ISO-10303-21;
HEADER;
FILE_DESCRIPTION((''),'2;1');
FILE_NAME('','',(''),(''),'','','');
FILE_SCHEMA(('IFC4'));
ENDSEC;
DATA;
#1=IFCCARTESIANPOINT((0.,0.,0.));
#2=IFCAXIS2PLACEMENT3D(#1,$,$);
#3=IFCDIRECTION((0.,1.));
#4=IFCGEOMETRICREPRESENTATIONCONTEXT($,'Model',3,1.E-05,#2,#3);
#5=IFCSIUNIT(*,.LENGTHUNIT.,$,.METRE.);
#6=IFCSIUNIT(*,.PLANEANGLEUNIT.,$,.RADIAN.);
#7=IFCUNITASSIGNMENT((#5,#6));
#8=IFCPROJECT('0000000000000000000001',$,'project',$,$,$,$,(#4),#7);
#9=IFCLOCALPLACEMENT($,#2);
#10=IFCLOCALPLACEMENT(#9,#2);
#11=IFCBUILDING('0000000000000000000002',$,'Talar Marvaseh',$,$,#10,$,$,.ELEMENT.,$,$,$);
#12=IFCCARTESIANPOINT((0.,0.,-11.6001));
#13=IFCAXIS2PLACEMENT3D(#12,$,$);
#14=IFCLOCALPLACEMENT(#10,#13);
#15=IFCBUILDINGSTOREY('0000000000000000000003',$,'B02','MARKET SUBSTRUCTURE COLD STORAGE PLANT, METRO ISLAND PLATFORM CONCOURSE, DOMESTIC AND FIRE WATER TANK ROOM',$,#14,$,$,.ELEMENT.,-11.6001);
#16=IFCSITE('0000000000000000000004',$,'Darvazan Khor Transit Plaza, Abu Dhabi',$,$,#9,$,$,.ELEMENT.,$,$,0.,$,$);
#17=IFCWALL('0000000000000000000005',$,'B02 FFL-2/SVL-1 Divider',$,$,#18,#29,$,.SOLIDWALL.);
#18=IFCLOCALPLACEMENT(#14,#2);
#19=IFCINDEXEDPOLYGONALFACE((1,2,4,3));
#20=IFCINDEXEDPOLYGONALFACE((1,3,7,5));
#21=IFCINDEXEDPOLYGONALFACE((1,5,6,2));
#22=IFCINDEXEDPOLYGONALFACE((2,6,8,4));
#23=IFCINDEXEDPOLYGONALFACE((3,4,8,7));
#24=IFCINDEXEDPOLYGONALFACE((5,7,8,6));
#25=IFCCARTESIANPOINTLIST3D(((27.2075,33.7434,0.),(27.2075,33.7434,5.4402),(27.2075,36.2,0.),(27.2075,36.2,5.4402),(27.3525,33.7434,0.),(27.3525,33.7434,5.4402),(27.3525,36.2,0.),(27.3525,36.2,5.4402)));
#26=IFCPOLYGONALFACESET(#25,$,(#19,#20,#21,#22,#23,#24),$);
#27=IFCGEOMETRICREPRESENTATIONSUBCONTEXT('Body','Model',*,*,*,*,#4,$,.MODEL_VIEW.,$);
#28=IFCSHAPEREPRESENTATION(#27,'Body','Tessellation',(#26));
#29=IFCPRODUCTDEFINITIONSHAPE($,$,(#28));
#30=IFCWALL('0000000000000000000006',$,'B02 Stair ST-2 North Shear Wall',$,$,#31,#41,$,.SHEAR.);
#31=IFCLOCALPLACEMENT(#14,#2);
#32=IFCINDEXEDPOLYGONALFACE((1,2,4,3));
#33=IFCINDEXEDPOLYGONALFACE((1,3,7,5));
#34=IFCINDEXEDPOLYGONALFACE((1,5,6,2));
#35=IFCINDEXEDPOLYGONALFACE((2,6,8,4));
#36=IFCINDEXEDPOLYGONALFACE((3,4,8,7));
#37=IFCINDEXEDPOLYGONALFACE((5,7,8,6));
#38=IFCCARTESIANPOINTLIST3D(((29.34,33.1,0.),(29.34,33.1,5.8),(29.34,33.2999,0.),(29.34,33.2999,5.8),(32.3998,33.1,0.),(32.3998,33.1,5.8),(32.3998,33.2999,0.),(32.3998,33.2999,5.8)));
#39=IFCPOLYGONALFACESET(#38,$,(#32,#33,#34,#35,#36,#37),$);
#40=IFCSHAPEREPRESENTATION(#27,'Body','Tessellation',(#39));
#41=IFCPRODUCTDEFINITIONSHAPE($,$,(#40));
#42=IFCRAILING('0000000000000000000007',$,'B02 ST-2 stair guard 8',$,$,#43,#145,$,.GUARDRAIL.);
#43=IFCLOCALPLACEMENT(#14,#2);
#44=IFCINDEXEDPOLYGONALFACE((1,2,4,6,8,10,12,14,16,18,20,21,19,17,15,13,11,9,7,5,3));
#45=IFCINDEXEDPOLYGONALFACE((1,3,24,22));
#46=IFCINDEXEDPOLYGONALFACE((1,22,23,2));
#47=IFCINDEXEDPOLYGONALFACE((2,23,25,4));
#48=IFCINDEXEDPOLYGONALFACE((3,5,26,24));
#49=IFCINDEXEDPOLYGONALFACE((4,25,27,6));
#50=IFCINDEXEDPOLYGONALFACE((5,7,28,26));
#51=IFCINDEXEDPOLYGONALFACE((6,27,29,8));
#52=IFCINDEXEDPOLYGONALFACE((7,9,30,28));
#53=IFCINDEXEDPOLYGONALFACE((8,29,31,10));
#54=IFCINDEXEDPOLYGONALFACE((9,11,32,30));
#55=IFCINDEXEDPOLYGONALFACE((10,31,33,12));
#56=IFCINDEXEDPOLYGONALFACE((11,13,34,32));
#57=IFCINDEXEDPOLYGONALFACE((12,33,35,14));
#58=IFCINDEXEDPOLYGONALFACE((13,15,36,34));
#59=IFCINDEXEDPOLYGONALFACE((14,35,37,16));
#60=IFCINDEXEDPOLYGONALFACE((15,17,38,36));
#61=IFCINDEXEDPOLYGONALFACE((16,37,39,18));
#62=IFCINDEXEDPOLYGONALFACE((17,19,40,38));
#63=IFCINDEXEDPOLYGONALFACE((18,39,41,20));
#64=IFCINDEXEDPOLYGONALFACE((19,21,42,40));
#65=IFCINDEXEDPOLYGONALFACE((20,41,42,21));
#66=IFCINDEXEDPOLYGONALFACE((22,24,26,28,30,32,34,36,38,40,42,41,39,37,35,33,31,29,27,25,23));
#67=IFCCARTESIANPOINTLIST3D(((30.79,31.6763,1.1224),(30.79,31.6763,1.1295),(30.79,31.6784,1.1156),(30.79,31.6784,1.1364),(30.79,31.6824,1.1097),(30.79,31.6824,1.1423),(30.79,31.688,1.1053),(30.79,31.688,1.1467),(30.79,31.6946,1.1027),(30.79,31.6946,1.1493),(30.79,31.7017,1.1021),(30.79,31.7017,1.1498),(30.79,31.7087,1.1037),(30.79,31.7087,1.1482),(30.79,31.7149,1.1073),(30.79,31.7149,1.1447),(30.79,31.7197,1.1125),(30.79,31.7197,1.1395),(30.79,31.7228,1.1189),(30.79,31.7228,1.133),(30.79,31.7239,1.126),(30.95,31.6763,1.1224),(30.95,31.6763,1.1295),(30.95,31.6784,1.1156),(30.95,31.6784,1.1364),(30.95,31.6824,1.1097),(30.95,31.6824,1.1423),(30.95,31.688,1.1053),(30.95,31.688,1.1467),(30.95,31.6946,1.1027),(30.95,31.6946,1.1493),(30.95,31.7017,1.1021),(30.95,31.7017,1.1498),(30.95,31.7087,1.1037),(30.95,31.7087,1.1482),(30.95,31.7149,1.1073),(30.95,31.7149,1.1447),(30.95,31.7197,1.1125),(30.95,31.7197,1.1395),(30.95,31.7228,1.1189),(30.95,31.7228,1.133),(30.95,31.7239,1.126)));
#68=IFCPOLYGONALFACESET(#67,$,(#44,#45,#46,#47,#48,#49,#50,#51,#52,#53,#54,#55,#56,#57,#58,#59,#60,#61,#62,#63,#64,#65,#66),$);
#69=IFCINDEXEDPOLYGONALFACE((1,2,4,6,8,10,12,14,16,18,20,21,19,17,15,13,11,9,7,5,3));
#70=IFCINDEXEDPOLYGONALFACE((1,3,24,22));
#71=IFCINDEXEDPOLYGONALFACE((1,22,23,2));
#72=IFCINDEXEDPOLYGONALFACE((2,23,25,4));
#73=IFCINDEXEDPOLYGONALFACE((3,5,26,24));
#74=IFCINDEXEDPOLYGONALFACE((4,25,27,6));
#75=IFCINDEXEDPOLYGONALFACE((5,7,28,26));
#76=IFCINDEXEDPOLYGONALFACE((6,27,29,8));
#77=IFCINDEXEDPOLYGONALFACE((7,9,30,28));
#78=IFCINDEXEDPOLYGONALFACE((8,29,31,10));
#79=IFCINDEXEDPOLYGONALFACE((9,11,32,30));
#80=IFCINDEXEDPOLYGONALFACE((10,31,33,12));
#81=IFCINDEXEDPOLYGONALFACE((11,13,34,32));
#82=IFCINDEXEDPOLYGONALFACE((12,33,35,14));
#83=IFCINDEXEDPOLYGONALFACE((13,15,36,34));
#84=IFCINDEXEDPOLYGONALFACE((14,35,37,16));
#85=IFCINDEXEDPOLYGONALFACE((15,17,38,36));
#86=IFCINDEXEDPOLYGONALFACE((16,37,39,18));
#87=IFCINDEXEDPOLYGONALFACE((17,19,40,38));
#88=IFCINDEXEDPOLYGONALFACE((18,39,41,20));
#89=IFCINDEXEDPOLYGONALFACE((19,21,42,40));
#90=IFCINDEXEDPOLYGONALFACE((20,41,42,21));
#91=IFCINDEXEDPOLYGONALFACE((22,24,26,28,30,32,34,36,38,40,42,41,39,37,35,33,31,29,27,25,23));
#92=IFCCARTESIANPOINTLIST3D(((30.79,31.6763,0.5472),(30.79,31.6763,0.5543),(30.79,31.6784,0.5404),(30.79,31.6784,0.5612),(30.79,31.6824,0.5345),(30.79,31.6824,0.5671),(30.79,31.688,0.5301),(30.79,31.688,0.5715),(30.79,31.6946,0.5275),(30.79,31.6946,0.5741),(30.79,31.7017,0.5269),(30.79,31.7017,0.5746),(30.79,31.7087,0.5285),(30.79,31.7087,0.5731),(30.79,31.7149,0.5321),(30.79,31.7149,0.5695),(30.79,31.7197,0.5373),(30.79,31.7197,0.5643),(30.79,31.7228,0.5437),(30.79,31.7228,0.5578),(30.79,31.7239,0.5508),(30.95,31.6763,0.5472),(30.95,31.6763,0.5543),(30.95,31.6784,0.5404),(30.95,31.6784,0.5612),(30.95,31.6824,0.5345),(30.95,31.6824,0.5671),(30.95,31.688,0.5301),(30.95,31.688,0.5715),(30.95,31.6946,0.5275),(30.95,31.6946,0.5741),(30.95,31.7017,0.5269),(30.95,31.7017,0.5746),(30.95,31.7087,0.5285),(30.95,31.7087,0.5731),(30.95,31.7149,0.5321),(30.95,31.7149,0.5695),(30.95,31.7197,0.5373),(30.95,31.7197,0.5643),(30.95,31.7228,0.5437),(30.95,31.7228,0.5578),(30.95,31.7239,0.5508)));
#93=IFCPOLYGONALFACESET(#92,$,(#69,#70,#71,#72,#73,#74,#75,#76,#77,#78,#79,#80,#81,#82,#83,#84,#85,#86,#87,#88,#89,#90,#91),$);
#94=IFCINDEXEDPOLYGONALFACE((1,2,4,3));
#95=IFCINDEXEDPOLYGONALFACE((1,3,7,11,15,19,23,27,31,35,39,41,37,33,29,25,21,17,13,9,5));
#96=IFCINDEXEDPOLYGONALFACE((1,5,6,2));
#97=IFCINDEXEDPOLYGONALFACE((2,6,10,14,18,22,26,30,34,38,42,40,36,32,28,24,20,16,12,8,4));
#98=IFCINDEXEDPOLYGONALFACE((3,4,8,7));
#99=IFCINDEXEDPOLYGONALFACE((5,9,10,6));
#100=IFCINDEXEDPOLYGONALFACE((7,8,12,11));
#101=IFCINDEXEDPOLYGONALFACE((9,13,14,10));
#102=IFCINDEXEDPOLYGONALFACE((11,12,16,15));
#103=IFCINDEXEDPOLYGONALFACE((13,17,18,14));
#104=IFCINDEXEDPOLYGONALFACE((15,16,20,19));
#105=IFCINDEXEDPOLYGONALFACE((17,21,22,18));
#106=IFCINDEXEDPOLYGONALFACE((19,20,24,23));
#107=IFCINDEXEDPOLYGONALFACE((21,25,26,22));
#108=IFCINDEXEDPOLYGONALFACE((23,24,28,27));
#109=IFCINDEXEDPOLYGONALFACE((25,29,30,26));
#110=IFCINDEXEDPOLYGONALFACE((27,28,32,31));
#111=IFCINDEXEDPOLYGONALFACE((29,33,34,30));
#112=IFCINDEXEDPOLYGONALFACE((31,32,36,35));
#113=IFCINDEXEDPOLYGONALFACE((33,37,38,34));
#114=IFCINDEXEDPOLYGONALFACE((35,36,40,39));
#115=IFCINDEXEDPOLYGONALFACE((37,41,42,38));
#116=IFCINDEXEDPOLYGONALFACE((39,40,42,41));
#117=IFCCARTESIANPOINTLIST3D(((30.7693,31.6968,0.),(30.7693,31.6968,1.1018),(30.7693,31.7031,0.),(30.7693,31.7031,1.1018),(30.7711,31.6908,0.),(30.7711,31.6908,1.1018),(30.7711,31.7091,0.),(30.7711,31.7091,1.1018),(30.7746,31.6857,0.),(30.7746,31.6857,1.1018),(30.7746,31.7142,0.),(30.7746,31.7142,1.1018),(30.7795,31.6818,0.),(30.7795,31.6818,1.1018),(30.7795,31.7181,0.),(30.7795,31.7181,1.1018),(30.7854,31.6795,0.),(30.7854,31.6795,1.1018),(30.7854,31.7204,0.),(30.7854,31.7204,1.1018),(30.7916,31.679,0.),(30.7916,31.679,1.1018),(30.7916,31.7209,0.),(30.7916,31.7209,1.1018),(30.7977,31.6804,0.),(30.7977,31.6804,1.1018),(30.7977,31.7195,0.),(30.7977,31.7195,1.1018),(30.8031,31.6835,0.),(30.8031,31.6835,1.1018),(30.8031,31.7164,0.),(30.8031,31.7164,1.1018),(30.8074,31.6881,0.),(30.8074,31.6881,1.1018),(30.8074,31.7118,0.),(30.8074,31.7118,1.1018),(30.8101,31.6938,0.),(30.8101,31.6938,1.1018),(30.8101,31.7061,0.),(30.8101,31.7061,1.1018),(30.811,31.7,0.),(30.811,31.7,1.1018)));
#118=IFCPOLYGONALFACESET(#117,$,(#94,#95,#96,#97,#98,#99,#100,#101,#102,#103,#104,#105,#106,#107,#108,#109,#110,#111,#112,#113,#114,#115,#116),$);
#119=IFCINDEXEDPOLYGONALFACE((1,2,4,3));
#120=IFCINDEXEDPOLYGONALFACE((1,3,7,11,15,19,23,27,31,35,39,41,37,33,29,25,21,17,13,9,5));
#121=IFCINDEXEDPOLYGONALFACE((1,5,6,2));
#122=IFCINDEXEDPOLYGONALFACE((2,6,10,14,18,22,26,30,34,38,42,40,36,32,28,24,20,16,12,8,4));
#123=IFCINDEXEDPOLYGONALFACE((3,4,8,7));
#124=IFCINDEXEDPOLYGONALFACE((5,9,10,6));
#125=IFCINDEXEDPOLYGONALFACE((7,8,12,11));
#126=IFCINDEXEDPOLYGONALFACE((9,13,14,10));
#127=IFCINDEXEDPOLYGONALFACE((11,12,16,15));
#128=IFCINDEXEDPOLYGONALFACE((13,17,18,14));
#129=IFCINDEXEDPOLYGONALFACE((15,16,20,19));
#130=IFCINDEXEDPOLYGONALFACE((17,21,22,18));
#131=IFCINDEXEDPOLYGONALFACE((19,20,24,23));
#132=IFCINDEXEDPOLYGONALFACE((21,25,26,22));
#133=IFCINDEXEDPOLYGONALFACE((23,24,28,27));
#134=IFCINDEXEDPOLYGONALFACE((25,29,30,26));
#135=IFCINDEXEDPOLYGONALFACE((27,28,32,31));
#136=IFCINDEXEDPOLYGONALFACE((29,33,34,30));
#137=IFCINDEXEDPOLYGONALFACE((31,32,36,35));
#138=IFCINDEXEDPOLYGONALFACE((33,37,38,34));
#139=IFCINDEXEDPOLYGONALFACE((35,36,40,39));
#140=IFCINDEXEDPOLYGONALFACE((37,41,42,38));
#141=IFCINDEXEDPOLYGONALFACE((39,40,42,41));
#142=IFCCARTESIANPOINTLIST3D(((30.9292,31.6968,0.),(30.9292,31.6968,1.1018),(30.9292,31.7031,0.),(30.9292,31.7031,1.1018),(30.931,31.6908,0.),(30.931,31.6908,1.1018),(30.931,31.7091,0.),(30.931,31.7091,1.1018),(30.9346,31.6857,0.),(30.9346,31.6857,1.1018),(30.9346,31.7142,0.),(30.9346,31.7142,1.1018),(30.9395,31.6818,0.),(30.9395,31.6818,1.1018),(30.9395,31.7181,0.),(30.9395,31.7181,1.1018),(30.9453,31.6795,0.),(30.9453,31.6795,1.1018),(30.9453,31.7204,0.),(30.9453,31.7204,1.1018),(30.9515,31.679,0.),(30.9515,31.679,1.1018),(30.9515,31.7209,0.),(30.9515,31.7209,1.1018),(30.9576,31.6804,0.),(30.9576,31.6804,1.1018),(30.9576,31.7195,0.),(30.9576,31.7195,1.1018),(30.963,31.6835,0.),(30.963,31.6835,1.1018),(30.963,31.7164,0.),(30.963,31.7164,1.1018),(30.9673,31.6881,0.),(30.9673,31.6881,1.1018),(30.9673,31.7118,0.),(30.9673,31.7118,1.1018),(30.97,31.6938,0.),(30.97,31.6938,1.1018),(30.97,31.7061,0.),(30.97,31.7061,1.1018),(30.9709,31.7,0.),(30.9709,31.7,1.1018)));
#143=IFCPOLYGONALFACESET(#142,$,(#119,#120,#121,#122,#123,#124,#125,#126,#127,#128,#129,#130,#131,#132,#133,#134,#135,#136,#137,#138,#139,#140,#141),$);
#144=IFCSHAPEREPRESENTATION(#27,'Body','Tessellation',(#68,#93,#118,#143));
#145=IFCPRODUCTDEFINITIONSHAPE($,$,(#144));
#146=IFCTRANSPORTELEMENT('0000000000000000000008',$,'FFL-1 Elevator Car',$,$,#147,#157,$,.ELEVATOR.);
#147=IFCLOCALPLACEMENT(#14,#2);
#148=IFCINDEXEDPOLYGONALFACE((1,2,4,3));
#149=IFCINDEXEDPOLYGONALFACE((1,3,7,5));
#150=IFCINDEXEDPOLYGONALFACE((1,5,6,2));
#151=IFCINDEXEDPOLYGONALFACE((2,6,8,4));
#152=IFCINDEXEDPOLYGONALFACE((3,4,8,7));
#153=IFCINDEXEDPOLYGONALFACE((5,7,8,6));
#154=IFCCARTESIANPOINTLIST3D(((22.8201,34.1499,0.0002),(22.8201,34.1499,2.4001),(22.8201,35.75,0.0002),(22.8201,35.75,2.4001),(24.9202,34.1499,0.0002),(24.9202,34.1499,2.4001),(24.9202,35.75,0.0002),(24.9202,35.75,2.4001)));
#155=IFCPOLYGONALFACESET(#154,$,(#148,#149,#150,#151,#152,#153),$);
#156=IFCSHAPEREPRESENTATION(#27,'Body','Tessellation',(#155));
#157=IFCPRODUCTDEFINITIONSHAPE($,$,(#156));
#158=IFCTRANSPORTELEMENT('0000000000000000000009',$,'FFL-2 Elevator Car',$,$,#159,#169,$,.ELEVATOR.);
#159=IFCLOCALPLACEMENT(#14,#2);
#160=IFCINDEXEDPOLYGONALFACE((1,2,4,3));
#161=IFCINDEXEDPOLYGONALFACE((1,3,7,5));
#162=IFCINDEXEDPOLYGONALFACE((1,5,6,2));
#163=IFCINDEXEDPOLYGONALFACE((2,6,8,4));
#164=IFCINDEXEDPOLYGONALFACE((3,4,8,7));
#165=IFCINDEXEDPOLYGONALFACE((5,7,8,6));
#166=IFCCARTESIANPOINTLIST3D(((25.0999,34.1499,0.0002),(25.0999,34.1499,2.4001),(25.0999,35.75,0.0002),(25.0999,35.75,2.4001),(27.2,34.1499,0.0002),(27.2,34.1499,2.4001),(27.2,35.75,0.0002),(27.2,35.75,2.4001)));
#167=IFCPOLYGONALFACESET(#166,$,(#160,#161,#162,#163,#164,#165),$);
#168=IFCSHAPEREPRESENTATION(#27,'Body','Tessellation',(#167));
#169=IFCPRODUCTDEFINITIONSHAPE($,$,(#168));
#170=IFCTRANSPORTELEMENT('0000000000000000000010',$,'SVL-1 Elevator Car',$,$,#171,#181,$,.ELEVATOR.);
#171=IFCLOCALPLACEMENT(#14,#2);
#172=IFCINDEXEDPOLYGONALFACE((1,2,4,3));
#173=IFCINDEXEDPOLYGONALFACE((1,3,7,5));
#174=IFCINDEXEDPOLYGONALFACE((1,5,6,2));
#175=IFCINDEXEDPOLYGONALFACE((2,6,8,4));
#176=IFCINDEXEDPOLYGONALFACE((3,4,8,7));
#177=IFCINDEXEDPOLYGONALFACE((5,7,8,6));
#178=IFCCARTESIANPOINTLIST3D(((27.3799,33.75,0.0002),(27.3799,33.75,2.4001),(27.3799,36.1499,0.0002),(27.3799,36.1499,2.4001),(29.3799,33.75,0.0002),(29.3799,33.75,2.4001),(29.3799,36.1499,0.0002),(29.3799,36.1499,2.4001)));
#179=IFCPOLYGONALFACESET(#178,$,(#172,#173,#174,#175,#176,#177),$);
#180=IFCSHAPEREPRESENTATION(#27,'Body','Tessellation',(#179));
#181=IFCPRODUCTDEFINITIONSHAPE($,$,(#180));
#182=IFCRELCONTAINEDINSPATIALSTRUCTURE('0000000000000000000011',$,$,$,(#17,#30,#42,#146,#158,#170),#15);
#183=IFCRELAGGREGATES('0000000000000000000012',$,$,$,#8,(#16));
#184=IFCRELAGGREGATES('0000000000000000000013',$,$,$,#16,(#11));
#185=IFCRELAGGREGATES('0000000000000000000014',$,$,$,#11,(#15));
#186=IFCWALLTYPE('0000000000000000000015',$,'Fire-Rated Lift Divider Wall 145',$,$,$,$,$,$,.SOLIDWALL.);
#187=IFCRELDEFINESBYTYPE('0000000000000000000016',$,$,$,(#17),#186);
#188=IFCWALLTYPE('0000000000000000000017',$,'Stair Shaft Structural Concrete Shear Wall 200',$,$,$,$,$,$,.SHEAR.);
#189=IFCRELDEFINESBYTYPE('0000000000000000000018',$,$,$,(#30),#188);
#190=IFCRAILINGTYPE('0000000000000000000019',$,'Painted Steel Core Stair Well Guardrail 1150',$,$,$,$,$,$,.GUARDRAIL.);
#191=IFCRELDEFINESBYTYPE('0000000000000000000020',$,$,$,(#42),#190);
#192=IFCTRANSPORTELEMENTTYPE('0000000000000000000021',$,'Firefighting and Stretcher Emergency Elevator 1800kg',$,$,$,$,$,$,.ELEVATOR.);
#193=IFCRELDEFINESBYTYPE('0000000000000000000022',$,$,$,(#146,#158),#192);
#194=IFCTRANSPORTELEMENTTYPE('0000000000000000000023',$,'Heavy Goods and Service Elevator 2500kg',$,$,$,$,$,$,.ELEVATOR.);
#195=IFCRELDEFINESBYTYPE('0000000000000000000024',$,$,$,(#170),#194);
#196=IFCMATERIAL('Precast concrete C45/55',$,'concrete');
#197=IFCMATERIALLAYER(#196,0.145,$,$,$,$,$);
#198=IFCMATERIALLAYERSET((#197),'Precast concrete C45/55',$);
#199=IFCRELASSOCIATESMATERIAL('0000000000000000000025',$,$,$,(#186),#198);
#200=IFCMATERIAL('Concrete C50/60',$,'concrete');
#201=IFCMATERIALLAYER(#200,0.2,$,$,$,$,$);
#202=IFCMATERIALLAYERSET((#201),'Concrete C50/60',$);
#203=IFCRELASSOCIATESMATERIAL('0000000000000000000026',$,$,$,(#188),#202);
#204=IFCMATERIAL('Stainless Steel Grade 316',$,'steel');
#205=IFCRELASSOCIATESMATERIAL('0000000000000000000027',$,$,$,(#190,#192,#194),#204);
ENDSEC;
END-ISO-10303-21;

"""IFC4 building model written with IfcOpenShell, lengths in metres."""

from ifc_helpers import new_model, si_unit, direction, frame, frame_2d, origin, origin_2d, place, context, subcontext, project, spatial, rectangle, circle, extrude, source, transform, mapped, material, layer, layer_set, type_object, type_shapes, element, save


model = new_model("IFC4")

# Units and contexts
model_context = context("Model", 3, precision=1e-05, world=origin(), true_north=direction((0.0, 1.0)))
body_context = subcontext(model_context, "Body", "Model", "MODEL_VIEW")
ifc_project = project(units=[si_unit("LENGTHUNIT", "METRE"), si_unit("PLANEANGLEUNIT", "RADIAN")], contexts=[model_context])

# Site, building, storey
site_placement = place(None, origin())
site = spatial("IfcSite", under=ifc_project, at=site_placement, Name="Darvazan Khor Transit Plaza, Abu Dhabi", CompositionType="ELEMENT", RefElevation=0.0)
building_placement = place(site_placement, origin())
building = spatial("IfcBuilding", under=site, at=building_placement, Name="Talar Marvaseh", CompositionType="ELEMENT")
storey_placement = place(building_placement, frame((0.0, 0.0, -11.6001)))
storey = spatial("IfcBuildingStorey", under=building, at=storey_placement, Name="B02", Description="MARKET SUBSTRUCTURE COLD STORAGE PLANT, METRO ISLAND PLATFORM CONCOURSE, DOMESTIC AND FIRE WATER TANK ROOM", CompositionType="ELEMENT", Elevation=-11.6001)

# Shared definitions
ifc_material_1 = material(Name="Concrete C50/60", Category="concrete")

# Wall
ifc_material_2 = material(Name="Precast concrete C45/55", Category="concrete")
ifc_layer_1 = layer(ifc_material_2, 0.145)
ifc_layer_set_1 = layer_set([ifc_layer_1], Name="Precast concrete C45/55")
wall_type_1 = type_object("IfcWallType", Name="Fire-Rated Lift Divider Wall 145", PredefinedType="SOLIDWALL", material=ifc_layer_set_1)
for number, where, z_axis, x_axis, name in (
    (1, (27.28, 33.7434, 0.0), (0.0, 0.0, 1.0), (0.0, 1.0, 0.0), "B02 FFL-2/SVL-1 Divider"),
):
    element("IfcWall", number, at=place(storey_placement, frame(where, z_axis=z_axis, x_axis=x_axis)), inside=storey, type_object=wall_type_1, Name=name, PredefinedType="SOLIDWALL", context=body_context, shape_type="SweptSolid", body=[
        extrude(rectangle(XDim=2.4565, YDim=0.145, at=frame_2d((1.2283, 0.0))), origin(), (0.0, 0.0, 1.0), 5.4402),
    ])

# Shared definitions
ifc_material_3 = material(Name="Stainless Steel Grade 316", Category="steel")

# Wall
ifc_layer_2 = layer(ifc_material_1, 0.2)
ifc_layer_set_2 = layer_set([ifc_layer_2], Name="Concrete C50/60")
wall_type_2 = type_object("IfcWallType", Name="Stair Shaft Structural Concrete Shear Wall 200", PredefinedType="SHEAR", material=ifc_layer_set_2)
wall_1_placement = place(storey_placement, frame((29.3401, 33.2, 0.0), z_axis=(0.0, 0.0, 1.0), x_axis=(1.0, 0.0, 0.0)))
element("IfcWall", 2, at=wall_1_placement, inside=storey, type_object=wall_type_2, Name="B02 Stair ST-2 North Shear Wall", PredefinedType="SHEAR", context=body_context, shape_type="SweptSolid", body=[
    extrude(rectangle(XDim=3.0598, YDim=0.2, at=frame_2d((1.5298, 0.0))), origin(), (0.0, 0.0, 1.0), 5.8),
])

# Railing
railing_type = type_object("IfcRailingType", Name="Painted Steel Core Stair Well Guardrail 1150", PredefinedType="GUARDRAIL", material=ifc_material_3)
railing_placement = place(storey_placement, frame((30.79, 31.7, 0.0)))
element("IfcRailing", 3, at=railing_placement, inside=storey, type_object=railing_type, Name="B02 ST-2 stair guard 8", PredefinedType="GUARDRAIL", context=body_context, shape_type="SweptSolid", body=[
    extrude(circle(Radius=0.0239, at=origin_2d()), frame((0.0, 0.0, 1.126), z_axis=(1.0, 0.0, 0.0), x_axis=(0.0, 1.0, 0.0)), (0.0, 0.0, 1.0), 0.1599),
    extrude(circle(Radius=0.0239, at=origin_2d()), frame((0.0, 0.0, 0.5508), z_axis=(1.0, 0.0, 0.0), x_axis=(0.0, 1.0, 0.0)), (0.0, 0.0, 1.0), 0.1599),
    extrude(circle(Radius=0.021, at=origin_2d()), origin(), (0.0, 0.0, 1.0), 1.1018),
    extrude(circle(Radius=0.021, at=origin_2d()), frame((0.1599, 0.0, 0.0)), (0.0, 0.0, 1.0), 1.1018),
])

# Transport elements
transport_element_type_1 = type_object("IfcTransportElementType", Name="Firefighting and Stretcher Emergency Elevator 1800kg", PredefinedType="ELEVATOR", material=ifc_material_3)
shared_shape_1 = source(origin(), body_context, "Body", "SweptSolid", [
    extrude(rectangle(XDim=2.1001, YDim=1.6001, at=origin_2d()), origin(), (0.0, 0.0, 1.0), 2.3999),
])
type_shapes(transport_element_type_1, [shared_shape_1])
for number, where, z_axis, x_axis, name in (
    (4, (23.8701, 34.95, 0.0002), (0.0, 0.0, 1.0), (1.0, 0.0, 0.0), "FFL-1 Elevator Car"),
    (5, (26.1499, 34.95, 0.0002), (0.0, 0.0, 1.0), (1.0, 0.0, 0.0), "FFL-2 Elevator Car"),
):
    element("IfcTransportElement", number, at=place(storey_placement, frame(where, z_axis=z_axis, x_axis=x_axis)), inside=storey, type_object=transport_element_type_1, Name=name, PredefinedType="ELEVATOR", context=body_context, shape_type="MappedRepresentation", body=[
        mapped(shared_shape_1, transform((0.0, 0.0, 0.0), x_axis=(1.0, 0.0, 0.0), y_axis=(0.0, 1.0, 0.0), z_axis=(0.0, 0.0, 1.0), scale=1.0)),
    ])
transport_element_type_2 = type_object("IfcTransportElementType", Name="Heavy Goods and Service Elevator 2500kg", PredefinedType="ELEVATOR", material=ifc_material_3)
shared_shape_2 = source(origin(), body_context, "Body", "SweptSolid", [
    extrude(rectangle(XDim=2.0, YDim=2.3999, at=origin_2d()), origin(), (0.0, 0.0, 1.0), 2.3999),
])
type_shapes(transport_element_type_2, [shared_shape_2])
transport_element_placement = place(storey_placement, frame((28.3799, 34.95, 0.0002), z_axis=(0.0, 0.0, 1.0), x_axis=(1.0, 0.0, 0.0)))
element("IfcTransportElement", 6, at=transport_element_placement, inside=storey, type_object=transport_element_type_2, Name="SVL-1 Elevator Car", PredefinedType="ELEVATOR", context=body_context, shape_type="MappedRepresentation", body=[
    mapped(shared_shape_2, transform((0.0, 0.0, 0.0), x_axis=(1.0, 0.0, 0.0), y_axis=(0.0, 1.0, 0.0), z_axis=(0.0, 0.0, 1.0), scale=1.0)),
])

save(model, "model.ifc")
